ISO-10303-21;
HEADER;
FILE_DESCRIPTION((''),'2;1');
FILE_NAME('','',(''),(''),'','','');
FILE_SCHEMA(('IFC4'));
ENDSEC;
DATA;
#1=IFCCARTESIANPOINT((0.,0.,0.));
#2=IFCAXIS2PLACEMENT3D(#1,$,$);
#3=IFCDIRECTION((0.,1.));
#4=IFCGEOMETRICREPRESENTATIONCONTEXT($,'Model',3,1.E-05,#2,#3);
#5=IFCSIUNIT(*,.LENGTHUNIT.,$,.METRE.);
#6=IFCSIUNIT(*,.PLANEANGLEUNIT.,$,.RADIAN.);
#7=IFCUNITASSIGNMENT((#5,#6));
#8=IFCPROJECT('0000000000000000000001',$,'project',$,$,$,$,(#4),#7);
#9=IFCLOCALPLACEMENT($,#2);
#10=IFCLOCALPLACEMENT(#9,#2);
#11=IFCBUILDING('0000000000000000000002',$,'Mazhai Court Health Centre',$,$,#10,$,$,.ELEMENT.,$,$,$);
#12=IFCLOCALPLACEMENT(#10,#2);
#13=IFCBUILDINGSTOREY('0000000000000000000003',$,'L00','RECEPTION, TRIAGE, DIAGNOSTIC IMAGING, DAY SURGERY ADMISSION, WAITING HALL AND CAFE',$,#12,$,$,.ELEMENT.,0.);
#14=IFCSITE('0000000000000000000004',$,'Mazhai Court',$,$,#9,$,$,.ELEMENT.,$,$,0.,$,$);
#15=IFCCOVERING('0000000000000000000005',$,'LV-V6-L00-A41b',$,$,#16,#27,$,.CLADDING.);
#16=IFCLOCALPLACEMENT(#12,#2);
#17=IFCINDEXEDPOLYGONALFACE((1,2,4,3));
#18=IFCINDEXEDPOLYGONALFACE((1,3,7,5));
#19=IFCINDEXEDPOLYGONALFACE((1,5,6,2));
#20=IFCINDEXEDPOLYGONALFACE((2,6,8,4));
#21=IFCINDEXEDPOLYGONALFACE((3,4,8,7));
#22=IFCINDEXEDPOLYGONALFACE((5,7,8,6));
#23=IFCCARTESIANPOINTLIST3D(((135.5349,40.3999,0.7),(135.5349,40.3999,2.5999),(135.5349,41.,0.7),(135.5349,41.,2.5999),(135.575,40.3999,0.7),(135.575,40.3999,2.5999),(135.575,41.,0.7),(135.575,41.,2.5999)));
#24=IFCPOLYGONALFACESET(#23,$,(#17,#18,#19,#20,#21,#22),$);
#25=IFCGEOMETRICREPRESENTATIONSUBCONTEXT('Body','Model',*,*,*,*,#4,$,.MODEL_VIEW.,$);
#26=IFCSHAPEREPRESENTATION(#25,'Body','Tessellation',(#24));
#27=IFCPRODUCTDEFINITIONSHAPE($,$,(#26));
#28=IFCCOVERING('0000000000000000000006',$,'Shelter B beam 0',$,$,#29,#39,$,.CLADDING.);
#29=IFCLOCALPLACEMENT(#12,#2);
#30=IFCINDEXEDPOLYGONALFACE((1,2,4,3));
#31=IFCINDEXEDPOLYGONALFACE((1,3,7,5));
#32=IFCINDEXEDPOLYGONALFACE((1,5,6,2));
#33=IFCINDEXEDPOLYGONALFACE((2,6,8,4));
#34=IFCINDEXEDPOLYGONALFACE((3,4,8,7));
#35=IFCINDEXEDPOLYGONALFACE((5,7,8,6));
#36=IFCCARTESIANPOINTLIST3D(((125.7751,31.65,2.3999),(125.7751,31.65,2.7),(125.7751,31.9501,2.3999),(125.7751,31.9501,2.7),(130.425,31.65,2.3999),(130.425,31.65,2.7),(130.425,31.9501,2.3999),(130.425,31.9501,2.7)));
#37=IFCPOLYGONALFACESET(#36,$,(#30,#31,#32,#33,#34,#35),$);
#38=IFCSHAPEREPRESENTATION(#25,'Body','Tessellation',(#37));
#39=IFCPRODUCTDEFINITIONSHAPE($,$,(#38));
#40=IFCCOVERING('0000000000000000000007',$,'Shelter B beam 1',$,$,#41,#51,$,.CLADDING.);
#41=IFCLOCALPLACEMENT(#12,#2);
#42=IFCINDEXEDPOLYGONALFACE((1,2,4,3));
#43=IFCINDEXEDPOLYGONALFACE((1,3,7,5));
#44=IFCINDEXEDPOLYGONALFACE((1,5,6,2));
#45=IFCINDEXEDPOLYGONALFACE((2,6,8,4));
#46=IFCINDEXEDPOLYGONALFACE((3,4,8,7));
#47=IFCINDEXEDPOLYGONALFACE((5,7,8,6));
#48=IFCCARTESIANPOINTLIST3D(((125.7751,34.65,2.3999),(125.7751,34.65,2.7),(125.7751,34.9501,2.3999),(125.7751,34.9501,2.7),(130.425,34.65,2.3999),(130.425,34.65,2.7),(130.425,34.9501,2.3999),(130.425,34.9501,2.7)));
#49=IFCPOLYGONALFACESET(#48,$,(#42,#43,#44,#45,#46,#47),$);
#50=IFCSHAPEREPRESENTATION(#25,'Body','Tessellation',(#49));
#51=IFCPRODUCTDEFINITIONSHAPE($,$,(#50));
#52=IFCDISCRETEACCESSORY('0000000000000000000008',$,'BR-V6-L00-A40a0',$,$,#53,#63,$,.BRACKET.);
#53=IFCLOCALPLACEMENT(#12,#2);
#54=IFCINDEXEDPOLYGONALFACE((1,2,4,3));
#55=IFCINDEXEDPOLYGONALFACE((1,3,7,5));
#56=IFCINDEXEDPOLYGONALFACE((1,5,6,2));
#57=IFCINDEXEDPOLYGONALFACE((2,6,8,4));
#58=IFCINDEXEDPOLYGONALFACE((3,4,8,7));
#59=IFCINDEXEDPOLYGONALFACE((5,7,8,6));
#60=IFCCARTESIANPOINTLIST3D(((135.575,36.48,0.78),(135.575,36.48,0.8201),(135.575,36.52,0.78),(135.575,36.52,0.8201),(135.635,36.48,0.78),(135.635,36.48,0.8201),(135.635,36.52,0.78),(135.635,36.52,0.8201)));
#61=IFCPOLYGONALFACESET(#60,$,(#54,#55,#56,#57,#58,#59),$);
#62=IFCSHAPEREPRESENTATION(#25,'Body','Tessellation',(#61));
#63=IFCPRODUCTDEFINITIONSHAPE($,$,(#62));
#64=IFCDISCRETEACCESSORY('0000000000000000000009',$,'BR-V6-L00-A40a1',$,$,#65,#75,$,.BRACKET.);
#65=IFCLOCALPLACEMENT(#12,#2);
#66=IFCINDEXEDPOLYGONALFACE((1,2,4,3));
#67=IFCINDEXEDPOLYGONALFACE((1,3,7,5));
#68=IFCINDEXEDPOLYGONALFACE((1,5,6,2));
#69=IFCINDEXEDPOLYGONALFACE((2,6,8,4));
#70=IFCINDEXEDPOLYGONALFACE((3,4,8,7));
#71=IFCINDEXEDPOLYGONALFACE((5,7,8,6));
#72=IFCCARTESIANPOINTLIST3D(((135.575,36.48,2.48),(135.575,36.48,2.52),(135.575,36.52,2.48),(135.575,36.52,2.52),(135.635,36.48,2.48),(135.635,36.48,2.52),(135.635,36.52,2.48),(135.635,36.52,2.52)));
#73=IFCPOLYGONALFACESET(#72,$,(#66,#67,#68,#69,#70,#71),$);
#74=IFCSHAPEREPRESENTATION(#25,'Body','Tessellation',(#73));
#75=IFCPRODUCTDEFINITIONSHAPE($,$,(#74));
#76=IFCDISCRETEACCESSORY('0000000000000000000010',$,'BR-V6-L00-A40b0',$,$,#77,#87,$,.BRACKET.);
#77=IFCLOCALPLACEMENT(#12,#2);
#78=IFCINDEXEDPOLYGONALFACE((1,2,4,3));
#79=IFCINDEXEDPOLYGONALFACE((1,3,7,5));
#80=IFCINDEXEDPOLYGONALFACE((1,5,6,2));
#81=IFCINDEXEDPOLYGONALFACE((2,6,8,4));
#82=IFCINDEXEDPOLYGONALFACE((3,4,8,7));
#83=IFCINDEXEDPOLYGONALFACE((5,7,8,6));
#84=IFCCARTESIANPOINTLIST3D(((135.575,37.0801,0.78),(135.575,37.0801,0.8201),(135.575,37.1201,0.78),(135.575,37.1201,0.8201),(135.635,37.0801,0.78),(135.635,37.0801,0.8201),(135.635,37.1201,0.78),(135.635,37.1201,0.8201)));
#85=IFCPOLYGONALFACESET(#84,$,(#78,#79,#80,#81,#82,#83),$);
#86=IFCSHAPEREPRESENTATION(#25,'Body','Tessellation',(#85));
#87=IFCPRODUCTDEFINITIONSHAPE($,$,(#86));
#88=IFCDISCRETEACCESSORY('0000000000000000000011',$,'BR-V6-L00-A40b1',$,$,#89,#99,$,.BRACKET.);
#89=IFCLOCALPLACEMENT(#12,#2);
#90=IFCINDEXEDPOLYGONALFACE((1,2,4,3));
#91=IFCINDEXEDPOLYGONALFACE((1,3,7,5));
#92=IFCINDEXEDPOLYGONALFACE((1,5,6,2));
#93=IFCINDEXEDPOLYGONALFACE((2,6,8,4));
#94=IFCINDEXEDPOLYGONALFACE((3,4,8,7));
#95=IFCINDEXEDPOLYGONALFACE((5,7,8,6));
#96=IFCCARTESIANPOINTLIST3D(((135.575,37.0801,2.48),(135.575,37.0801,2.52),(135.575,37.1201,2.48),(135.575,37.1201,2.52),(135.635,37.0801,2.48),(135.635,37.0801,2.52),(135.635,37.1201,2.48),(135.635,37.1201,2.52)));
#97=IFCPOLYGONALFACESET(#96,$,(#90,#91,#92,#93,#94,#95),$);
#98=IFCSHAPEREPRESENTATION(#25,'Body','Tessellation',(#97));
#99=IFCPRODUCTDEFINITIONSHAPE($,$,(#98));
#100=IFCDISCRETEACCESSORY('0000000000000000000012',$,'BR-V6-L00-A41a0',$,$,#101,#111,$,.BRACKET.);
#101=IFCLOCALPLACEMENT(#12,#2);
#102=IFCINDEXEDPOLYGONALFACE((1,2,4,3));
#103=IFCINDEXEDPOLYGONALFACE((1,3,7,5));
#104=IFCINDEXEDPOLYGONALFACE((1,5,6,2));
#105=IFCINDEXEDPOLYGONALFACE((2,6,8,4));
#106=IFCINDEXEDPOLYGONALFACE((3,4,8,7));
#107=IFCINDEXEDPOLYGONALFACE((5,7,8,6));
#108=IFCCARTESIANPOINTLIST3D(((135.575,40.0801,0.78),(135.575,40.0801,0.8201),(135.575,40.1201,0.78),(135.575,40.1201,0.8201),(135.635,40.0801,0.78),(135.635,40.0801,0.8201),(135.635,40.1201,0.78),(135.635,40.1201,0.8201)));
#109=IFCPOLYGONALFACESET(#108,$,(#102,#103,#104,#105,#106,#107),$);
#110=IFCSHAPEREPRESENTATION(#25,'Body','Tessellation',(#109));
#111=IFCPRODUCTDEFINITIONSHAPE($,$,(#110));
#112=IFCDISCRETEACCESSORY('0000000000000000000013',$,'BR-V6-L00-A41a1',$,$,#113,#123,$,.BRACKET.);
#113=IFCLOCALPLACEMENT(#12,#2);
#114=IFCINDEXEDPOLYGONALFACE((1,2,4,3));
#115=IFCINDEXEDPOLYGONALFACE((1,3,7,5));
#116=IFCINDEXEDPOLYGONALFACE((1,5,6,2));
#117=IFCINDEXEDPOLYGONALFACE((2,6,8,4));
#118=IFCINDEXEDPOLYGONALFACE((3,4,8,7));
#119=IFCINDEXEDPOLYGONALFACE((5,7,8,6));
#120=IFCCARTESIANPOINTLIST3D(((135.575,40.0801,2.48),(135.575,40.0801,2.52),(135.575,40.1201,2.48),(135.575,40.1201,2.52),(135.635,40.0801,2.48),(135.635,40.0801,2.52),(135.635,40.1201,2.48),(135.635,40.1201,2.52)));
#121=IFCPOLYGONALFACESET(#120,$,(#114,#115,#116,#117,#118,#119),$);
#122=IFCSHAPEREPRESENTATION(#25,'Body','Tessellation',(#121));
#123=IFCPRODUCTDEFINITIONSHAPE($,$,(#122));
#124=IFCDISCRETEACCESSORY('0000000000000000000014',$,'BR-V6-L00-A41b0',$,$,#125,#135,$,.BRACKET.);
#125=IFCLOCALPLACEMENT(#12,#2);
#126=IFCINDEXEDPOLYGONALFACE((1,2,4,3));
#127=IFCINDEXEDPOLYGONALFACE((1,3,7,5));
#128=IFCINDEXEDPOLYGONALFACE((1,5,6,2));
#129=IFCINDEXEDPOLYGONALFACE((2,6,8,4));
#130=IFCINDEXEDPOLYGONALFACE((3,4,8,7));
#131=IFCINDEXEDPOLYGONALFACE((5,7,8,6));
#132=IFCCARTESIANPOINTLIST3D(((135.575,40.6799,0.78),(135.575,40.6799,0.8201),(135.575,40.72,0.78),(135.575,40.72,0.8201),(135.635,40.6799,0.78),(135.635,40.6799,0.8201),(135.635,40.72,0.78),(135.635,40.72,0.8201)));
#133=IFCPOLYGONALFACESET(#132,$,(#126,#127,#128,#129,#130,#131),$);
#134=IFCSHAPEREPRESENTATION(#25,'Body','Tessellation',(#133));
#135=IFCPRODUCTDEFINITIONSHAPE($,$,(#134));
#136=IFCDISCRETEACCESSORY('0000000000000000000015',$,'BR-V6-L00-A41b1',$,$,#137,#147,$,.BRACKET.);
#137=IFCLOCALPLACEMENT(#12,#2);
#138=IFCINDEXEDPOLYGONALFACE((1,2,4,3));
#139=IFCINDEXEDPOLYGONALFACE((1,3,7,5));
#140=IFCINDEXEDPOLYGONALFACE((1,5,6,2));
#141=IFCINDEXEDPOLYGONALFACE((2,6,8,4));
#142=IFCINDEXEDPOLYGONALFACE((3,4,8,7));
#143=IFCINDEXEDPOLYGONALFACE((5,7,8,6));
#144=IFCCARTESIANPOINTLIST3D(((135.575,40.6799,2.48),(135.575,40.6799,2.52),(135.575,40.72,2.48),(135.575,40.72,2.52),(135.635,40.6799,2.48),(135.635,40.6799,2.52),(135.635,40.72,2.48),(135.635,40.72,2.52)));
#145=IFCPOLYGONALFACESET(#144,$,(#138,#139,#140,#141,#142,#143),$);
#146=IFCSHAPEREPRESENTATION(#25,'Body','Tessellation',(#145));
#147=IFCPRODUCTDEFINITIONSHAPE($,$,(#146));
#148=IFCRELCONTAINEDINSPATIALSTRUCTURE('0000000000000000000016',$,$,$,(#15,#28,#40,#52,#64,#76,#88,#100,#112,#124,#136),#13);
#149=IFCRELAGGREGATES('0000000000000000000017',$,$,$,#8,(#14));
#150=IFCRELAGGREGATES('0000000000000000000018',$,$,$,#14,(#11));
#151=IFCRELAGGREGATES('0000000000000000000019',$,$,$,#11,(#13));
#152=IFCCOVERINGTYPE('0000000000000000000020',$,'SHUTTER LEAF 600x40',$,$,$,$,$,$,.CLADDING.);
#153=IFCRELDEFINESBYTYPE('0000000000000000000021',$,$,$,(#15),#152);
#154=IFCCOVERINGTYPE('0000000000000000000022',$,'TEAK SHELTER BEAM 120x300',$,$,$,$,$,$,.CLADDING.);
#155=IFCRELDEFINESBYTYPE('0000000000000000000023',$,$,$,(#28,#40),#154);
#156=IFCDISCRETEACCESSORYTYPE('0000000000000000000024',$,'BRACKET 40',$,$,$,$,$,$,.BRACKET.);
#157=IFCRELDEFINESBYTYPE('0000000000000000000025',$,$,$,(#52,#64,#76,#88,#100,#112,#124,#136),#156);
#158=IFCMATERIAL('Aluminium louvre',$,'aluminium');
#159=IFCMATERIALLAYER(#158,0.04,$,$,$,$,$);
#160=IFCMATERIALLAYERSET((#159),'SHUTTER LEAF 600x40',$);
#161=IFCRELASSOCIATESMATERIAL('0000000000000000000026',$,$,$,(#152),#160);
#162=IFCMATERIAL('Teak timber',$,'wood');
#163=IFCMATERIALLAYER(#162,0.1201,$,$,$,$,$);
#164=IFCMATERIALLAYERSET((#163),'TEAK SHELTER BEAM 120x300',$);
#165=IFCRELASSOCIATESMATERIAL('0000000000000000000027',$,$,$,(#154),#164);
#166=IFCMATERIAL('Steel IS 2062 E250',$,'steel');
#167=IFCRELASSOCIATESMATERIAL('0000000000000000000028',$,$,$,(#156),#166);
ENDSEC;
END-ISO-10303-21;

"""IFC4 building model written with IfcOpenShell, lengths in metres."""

from ifc_helpers import new_model, si_unit, direction, frame, origin, origin_2d, place, context, subcontext, project, spatial, rectangle, extrude, material, layer, layer_set, type_object, element, save


model = new_model("IFC4")

# Units and contexts
model_context = context("Model", 3, precision=1e-05, world=origin(), true_north=direction((0.0, 1.0)))
body_context = subcontext(model_context, "Body", "Model", "MODEL_VIEW")
ifc_project = project(units=[si_unit("LENGTHUNIT", "METRE"), si_unit("PLANEANGLEUNIT", "RADIAN")], contexts=[model_context])

# Site, building, storey
site_placement = place(None, origin())
site = spatial("IfcSite", under=ifc_project, at=site_placement, Name="Mazhai Court", CompositionType="ELEMENT", RefElevation=0.0)
building_placement = place(site_placement, origin())
building = spatial("IfcBuilding", under=site, at=building_placement, Name="Mazhai Court Health Centre", CompositionType="ELEMENT")
storey_placement = place(building_placement, origin())
storey = spatial("IfcBuildingStorey", under=building, at=storey_placement, Name="L00", Description="RECEPTION, TRIAGE, DIAGNOSTIC IMAGING, DAY SURGERY ADMISSION, WAITING HALL AND CAFE", CompositionType="ELEMENT", Elevation=0.0)

# Coverings
ifc_material_1 = material(Name="Aluminium louvre", Category="aluminium")
ifc_layer_1 = layer(ifc_material_1, 0.04)
ifc_layer_set_1 = layer_set([ifc_layer_1], Name="SHUTTER LEAF 600x40")
covering_type_1 = type_object("IfcCoveringType", Name="SHUTTER LEAF 600x40", PredefinedType="CLADDING", material=ifc_layer_set_1)
for number, where, z_axis, x_axis, name in (
    (1, (135.5549, 40.7, 0.7), (0.0, 0.0, 1.0), (0.0, 1.0, 0.0), "LV-V6-L00-A41b"),
):
    element("IfcCovering", number, at=place(storey_placement, frame(where, z_axis=z_axis, x_axis=x_axis)), inside=storey, type_object=covering_type_1, Name=name, PredefinedType="CLADDING", context=body_context, shape_type="SweptSolid", body=[
        extrude(rectangle(XDim=0.6001, YDim=0.04, at=origin_2d()), origin(), (0.0, 0.0, 1.0), 1.8999),
    ])
ifc_material_2 = material(Name="Teak timber", Category="wood")
ifc_layer_2 = layer(ifc_material_2, 0.1201)
ifc_layer_set_2 = layer_set([ifc_layer_2], Name="TEAK SHELTER BEAM 120x300")
covering_type_2 = type_object("IfcCoveringType", Name="TEAK SHELTER BEAM 120x300", PredefinedType="CLADDING", material=ifc_layer_set_2)
for number, where, z_axis, x_axis, name in (
    (2, (128.1001, 31.8, 2.3999), (0.0, 0.0, 1.0), (1.0, 0.0, 0.0), "Shelter B beam 0"),
    (3, (128.1001, 34.8, 2.3999), (0.0, 0.0, 1.0), (1.0, 0.0, 0.0), "Shelter B beam 1"),
):
    element("IfcCovering", number, at=place(storey_placement, frame(where, z_axis=z_axis, x_axis=x_axis)), inside=storey, type_object=covering_type_2, Name=name, PredefinedType="CLADDING", context=body_context, shape_type="SweptSolid", body=[
        extrude(rectangle(XDim=4.6499, YDim=0.3, at=origin_2d()), origin(), (0.0, 0.0, 1.0), 0.3),
    ])

# Discrete accessories
ifc_material_3 = material(Name="Steel IS 2062 E250", Category="steel")
discrete_accessory_type = type_object("IfcDiscreteAccessoryType", Name="BRACKET 40", PredefinedType="BRACKET", material=ifc_material_3)
for number, where, z_axis, x_axis, name in (
    (4, (135.605, 36.5, 0.78), (0.0, 0.0, 1.0), (0.0, 1.0, 0.0), "BR-V6-L00-A40a0"),
    (5, (135.605, 36.5, 2.48), (0.0, 0.0, 1.0), (0.0, 1.0, 0.0), "BR-V6-L00-A40a1"),
    (6, (135.605, 37.1001, 0.78), (0.0, 0.0, 1.0), (0.0, 1.0, 0.0), "BR-V6-L00-A40b0"),
    (7, (135.605, 37.1001, 2.48), (0.0, 0.0, 1.0), (0.0, 1.0, 0.0), "BR-V6-L00-A40b1"),
    (8, (135.605, 40.1001, 0.78), (0.0, 0.0, 1.0), (0.0, 1.0, 0.0), "BR-V6-L00-A41a0"),
    (9, (135.605, 40.1001, 2.48), (0.0, 0.0, 1.0), (0.0, 1.0, 0.0), "BR-V6-L00-A41a1"),
    (10, (135.605, 40.7, 0.78), (0.0, 0.0, 1.0), (0.0, 1.0, 0.0), "BR-V6-L00-A41b0"),
    (11, (135.605, 40.7, 2.48), (0.0, 0.0, 1.0), (0.0, 1.0, 0.0), "BR-V6-L00-A41b1"),
):
    element("IfcDiscreteAccessory", number, at=place(storey_placement, frame(where, z_axis=z_axis, x_axis=x_axis)), inside=storey, type_object=discrete_accessory_type, Name=name, PredefinedType="BRACKET", context=body_context, shape_type="SweptSolid", body=[
        extrude(rectangle(XDim=0.04, YDim=0.0601, at=origin_2d()), origin(), (0.0, 0.0, 1.0), 0.04),
    ])

save(model, "model.ifc")
